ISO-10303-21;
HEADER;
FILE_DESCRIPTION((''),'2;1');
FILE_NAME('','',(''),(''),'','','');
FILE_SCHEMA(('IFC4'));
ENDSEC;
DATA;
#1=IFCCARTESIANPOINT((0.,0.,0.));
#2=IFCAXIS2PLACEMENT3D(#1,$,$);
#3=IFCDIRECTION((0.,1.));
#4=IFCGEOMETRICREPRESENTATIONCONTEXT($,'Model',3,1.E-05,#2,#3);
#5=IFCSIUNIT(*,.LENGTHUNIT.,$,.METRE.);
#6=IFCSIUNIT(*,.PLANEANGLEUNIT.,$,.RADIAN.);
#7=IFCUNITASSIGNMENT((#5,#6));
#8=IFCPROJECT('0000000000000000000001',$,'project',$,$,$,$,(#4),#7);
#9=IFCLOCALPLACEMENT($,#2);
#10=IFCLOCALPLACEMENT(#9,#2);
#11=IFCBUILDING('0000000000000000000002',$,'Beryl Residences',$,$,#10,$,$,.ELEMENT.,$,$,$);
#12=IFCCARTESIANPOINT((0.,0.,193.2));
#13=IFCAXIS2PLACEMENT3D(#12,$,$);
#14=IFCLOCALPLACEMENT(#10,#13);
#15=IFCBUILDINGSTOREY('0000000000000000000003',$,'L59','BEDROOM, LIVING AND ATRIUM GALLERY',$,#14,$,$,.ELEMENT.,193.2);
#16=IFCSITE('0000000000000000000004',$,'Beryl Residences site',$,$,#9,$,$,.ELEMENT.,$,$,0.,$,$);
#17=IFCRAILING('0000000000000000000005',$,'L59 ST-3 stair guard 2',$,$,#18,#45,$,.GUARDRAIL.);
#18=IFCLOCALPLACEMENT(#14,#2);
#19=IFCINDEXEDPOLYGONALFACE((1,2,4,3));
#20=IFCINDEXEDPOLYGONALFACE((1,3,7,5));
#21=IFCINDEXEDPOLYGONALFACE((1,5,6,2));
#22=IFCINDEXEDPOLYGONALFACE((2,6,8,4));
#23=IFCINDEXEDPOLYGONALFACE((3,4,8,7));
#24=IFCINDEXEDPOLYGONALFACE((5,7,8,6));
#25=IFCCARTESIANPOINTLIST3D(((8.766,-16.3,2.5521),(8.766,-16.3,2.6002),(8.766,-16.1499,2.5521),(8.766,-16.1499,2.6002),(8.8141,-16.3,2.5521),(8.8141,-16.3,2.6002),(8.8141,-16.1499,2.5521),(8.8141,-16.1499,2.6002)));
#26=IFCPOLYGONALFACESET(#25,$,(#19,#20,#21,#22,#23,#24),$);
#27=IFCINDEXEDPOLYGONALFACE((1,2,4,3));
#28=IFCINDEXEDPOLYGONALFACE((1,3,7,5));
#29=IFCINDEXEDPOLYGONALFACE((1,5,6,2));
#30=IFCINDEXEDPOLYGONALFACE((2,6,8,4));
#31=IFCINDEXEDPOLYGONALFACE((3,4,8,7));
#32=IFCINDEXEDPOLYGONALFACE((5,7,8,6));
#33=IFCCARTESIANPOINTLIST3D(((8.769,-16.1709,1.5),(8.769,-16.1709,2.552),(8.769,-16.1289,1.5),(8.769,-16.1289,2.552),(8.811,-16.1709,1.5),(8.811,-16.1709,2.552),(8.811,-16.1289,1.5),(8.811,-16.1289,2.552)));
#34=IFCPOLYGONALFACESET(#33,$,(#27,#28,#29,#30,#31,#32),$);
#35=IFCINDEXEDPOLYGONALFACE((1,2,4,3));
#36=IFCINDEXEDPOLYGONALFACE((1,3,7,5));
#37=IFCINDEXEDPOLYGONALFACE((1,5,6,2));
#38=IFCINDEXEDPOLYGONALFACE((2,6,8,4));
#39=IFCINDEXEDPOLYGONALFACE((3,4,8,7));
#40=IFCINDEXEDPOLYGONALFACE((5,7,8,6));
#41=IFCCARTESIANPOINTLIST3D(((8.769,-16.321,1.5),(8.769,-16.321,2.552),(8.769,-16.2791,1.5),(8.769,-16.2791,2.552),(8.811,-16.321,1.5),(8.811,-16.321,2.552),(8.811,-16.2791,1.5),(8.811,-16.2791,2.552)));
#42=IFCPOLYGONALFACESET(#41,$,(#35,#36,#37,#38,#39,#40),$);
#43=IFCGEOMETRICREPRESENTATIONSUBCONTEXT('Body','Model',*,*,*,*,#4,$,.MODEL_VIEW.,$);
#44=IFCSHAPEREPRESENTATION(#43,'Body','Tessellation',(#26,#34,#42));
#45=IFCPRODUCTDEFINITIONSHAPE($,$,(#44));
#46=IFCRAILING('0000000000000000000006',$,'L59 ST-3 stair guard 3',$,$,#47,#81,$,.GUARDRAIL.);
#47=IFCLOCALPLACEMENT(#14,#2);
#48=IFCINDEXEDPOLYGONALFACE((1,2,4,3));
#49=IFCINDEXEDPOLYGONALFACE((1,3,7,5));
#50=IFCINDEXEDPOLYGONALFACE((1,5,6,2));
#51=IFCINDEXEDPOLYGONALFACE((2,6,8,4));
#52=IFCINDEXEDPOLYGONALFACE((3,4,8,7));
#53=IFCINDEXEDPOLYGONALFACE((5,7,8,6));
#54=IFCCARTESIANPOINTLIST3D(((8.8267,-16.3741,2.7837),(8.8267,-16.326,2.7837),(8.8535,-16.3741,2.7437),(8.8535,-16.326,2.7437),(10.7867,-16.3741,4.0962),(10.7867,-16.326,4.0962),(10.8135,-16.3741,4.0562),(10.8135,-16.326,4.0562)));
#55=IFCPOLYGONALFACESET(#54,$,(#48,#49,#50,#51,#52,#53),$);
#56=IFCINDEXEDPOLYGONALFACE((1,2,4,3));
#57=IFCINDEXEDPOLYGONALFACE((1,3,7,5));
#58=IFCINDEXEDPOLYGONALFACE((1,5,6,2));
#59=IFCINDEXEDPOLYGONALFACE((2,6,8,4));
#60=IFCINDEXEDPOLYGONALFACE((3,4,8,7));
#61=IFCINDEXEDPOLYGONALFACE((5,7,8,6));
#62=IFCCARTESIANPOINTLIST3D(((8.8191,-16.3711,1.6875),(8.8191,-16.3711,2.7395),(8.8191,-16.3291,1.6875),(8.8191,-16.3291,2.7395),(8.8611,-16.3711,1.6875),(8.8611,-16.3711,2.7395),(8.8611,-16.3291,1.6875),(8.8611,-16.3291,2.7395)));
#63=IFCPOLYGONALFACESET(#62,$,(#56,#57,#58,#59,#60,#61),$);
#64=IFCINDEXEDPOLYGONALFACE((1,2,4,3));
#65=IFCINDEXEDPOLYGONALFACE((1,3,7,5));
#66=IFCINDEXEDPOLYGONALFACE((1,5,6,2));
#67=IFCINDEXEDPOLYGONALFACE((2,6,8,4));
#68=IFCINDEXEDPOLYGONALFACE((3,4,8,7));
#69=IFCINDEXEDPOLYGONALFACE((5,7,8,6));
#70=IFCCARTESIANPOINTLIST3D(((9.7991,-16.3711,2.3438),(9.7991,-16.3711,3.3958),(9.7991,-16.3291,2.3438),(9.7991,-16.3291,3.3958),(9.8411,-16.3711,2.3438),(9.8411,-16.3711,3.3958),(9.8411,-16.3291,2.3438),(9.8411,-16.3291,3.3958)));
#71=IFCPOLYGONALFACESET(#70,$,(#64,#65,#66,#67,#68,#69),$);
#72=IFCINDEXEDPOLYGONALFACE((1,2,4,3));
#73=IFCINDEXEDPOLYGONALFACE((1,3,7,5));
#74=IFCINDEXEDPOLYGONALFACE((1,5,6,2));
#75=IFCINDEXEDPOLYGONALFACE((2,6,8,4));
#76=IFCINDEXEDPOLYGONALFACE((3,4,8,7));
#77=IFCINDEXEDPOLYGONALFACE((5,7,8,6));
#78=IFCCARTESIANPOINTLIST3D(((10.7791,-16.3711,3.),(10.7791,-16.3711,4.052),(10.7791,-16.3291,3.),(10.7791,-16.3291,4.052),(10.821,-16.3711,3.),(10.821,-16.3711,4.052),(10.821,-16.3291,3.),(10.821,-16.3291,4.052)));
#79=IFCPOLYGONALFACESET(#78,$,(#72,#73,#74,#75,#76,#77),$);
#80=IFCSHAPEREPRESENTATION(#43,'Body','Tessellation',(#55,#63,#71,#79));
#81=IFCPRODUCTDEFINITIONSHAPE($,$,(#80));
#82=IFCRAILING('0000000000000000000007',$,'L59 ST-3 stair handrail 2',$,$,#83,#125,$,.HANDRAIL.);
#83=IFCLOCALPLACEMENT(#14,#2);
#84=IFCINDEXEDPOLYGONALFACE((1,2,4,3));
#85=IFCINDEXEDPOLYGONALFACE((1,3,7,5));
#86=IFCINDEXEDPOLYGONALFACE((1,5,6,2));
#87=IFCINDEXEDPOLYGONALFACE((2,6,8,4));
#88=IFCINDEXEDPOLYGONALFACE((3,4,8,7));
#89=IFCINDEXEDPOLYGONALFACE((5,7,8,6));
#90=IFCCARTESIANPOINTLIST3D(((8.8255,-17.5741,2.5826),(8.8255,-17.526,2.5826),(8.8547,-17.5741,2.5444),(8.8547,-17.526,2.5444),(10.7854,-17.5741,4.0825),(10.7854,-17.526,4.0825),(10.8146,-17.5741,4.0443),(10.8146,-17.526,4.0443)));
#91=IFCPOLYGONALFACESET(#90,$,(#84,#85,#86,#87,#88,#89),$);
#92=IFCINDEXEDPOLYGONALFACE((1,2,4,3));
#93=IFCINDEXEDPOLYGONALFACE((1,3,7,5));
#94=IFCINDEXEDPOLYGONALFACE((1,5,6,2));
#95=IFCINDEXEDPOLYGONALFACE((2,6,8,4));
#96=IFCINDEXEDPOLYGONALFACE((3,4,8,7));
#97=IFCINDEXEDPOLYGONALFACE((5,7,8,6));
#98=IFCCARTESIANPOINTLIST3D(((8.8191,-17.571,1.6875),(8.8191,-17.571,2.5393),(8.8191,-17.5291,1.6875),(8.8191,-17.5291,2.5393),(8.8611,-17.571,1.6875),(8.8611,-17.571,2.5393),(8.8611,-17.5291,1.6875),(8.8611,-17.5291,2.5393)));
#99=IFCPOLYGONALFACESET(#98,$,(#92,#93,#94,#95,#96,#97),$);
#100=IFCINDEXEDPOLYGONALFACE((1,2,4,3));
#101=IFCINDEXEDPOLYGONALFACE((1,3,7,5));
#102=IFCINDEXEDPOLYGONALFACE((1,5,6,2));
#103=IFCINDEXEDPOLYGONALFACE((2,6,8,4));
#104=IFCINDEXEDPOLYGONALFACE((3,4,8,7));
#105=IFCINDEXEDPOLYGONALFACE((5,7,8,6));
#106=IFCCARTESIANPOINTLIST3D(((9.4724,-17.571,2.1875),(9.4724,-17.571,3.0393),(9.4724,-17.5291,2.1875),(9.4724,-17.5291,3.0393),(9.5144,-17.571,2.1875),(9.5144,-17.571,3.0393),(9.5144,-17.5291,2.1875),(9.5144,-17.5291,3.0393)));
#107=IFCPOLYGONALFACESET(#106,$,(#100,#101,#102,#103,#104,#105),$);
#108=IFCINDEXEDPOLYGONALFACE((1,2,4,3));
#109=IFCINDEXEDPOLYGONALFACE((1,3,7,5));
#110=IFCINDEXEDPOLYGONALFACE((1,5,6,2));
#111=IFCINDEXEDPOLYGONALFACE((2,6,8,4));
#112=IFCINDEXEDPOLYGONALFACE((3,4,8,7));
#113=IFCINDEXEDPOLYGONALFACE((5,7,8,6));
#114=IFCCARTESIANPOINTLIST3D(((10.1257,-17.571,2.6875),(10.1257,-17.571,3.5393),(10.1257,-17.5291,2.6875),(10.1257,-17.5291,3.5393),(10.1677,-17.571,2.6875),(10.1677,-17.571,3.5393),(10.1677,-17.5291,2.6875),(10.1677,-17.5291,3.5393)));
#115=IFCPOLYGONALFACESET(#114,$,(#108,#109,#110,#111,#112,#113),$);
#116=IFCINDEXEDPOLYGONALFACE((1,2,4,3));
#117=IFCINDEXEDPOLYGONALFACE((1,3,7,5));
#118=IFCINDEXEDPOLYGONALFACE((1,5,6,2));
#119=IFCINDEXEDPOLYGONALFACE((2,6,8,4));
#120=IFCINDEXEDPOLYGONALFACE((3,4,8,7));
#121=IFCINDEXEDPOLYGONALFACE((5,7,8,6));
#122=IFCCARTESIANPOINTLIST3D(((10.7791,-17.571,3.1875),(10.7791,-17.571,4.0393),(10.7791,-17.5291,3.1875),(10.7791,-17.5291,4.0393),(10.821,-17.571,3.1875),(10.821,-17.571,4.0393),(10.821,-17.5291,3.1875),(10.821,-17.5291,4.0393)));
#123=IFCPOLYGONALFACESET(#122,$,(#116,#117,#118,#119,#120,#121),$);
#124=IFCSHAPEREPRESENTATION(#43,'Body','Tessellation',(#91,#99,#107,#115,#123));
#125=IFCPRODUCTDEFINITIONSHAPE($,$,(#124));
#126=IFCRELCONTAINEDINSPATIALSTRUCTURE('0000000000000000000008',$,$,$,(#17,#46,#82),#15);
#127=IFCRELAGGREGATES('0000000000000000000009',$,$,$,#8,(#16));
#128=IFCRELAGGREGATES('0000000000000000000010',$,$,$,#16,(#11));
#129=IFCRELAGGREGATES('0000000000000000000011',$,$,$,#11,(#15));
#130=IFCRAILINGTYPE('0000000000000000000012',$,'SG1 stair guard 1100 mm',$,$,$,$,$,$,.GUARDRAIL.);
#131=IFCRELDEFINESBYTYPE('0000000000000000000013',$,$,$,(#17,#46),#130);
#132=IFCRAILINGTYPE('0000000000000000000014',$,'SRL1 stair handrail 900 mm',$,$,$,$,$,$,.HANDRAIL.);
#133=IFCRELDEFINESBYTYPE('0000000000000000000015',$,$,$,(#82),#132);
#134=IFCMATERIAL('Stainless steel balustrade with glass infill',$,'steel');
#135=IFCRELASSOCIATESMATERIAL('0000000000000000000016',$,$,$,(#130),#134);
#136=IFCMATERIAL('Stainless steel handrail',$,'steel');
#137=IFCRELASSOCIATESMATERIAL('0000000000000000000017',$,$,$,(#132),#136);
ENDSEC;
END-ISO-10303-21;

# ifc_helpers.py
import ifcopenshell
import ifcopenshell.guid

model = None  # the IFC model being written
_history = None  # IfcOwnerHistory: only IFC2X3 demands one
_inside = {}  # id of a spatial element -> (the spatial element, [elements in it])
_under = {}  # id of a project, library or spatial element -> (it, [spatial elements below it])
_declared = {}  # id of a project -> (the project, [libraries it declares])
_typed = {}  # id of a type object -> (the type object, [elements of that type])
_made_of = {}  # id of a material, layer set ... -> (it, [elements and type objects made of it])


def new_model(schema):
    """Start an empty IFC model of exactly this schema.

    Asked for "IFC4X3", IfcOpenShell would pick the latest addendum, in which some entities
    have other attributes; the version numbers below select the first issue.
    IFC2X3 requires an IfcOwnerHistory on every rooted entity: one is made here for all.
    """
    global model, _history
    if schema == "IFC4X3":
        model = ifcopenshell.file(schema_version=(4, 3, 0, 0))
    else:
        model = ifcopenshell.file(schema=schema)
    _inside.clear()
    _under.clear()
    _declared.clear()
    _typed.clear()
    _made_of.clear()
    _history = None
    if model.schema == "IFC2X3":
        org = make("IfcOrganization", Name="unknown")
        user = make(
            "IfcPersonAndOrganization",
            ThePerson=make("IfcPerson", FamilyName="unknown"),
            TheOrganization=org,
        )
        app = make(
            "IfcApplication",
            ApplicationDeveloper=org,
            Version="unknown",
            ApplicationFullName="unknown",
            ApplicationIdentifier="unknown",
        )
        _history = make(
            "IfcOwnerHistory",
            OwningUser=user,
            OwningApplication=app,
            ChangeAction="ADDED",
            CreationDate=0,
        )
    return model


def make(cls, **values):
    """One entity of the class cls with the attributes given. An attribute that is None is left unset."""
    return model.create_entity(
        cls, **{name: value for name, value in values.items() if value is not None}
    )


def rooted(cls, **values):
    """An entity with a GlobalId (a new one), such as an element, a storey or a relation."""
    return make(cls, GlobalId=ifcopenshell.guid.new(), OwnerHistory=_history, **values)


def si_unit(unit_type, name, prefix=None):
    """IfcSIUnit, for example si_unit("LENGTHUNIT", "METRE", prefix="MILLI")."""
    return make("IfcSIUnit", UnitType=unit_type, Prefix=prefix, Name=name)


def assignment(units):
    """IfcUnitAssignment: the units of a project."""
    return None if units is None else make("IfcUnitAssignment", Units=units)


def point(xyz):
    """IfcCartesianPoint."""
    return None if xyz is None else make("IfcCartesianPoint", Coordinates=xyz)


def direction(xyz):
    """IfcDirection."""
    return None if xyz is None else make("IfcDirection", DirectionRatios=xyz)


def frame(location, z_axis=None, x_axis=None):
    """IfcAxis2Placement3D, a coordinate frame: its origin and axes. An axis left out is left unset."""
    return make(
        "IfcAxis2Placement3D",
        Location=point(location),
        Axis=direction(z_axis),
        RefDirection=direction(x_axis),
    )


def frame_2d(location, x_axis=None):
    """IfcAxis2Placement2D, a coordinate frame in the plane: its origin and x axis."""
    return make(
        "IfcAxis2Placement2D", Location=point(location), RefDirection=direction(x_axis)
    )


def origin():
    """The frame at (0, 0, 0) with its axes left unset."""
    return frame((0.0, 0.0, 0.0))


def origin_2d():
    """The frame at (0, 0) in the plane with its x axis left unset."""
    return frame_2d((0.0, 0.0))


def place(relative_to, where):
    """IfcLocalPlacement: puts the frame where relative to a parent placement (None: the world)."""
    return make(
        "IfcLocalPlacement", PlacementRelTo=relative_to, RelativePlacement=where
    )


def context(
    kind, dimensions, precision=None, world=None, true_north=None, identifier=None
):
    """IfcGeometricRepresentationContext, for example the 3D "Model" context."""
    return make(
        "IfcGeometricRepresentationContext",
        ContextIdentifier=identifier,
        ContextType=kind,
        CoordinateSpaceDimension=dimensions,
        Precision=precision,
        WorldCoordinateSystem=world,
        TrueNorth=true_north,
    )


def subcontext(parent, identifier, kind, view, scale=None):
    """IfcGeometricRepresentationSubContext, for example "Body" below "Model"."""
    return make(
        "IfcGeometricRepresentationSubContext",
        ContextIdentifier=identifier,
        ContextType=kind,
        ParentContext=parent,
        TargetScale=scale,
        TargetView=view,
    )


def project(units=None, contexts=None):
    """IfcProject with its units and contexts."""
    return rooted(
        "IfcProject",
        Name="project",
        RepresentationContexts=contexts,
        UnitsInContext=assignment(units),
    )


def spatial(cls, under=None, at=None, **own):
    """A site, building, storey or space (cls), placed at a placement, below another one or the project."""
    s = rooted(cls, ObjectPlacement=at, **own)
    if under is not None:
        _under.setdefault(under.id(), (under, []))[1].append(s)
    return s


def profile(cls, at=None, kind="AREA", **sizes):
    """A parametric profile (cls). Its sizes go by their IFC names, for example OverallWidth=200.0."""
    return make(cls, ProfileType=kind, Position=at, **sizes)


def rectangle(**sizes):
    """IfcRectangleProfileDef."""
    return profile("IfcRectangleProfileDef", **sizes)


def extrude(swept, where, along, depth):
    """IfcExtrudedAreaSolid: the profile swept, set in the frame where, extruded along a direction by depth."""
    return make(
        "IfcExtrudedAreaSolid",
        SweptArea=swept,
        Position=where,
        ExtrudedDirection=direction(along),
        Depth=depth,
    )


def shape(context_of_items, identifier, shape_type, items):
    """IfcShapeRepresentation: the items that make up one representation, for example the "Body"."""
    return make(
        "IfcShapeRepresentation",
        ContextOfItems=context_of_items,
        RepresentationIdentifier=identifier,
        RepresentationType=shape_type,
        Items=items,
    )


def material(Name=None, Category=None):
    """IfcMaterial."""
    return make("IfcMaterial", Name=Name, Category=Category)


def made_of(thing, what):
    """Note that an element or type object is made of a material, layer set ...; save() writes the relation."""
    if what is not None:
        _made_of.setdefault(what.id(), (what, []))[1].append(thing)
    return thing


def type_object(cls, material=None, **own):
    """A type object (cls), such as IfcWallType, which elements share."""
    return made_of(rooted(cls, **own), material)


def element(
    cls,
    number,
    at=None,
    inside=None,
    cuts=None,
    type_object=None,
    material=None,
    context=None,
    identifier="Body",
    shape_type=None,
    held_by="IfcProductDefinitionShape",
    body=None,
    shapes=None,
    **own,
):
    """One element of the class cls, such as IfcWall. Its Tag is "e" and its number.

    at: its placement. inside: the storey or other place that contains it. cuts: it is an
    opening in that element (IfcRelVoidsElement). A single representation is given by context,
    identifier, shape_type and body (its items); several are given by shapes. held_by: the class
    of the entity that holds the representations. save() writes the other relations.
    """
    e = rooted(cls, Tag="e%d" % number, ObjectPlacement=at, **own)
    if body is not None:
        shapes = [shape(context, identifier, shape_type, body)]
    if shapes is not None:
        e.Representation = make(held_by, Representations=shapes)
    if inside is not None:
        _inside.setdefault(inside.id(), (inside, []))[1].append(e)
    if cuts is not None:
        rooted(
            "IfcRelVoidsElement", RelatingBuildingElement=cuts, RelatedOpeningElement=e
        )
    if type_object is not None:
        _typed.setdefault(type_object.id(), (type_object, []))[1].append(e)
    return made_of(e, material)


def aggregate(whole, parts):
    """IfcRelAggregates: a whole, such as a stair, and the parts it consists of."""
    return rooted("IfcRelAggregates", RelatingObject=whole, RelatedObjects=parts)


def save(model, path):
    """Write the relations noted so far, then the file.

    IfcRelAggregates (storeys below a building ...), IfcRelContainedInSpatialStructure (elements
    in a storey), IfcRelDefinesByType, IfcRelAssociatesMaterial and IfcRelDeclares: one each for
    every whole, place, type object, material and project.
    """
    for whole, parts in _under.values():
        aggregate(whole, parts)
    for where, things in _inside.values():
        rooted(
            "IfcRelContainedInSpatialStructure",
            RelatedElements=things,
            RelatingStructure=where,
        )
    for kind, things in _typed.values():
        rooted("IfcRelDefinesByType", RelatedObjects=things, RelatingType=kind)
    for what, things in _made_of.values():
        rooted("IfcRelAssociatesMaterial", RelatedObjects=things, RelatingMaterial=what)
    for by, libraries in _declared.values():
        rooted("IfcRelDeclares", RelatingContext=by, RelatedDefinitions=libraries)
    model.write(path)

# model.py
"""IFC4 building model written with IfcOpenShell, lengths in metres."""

from ifc_helpers import new_model, si_unit, direction, frame, origin, origin_2d, place, context, subcontext, project, spatial, rectangle, extrude, material, type_object, element, save


model = new_model("IFC4")

# Units and contexts
model_context = context("Model", 3, precision=1e-05, world=origin(), true_north=direction((0.0, 1.0)))
body_context = subcontext(model_context, "Body", "Model", "MODEL_VIEW")
ifc_project = project(units=[si_unit("LENGTHUNIT", "METRE"), si_unit("PLANEANGLEUNIT", "RADIAN")], contexts=[model_context])

# Site, building, storey
site_placement = place(None, origin())
site = spatial("IfcSite", under=ifc_project, at=site_placement, Name="Beryl Residences site", CompositionType="ELEMENT", RefElevation=0.0)
building_placement = place(site_placement, origin())
building = spatial("IfcBuilding", under=site, at=building_placement, Name="Beryl Residences", CompositionType="ELEMENT")
storey_placement = place(building_placement, frame((0.0, 0.0, 193.2)))
storey = spatial("IfcBuildingStorey", under=building, at=storey_placement, Name="L59", Description="BEDROOM, LIVING AND ATRIUM GALLERY", CompositionType="ELEMENT", Elevation=193.2)

# Railings
ifc_material_1 = material(Name="Stainless steel balustrade with glass infill", Category="steel")
railing_type_1 = type_object("IfcRailingType", Name="SG1 stair guard 1100 mm", PredefinedType="GUARDRAIL", material=ifc_material_1)
railing_1_placement = place(storey_placement, frame((8.79, -16.1499, 1.5)))
element("IfcRailing", 1, at=railing_1_placement, inside=storey, type_object=railing_type_1, Name="L59 ST-3 stair guard 2", PredefinedType="GUARDRAIL", context=body_context, shape_type="SweptSolid", body=[
    extrude(rectangle(XDim=0.0481, YDim=0.0481, at=origin_2d()), frame((0.0, 0.0, 1.0762), z_axis=(0.0, -1.0, 0.0), x_axis=(1.0, 0.0, 0.0)), (0.0, 0.0, 1.0), 0.1501),
    extrude(rectangle(XDim=0.042, YDim=0.042, at=origin_2d()), origin(), (0.0, 0.0, 1.0), 1.052),
    extrude(rectangle(XDim=0.042, YDim=0.042, at=origin_2d()), frame((0.0, -0.1501, 0.0)), (0.0, 0.0, 1.0), 1.052),
])
railing_2_placement = place(storey_placement, frame((8.8401, -16.3501, 1.6875)))
element("IfcRailing", 2, at=railing_2_placement, inside=storey, type_object=railing_type_1, Name="L59 ST-3 stair guard 3", PredefinedType="GUARDRAIL", context=body_context, shape_type="SweptSolid", body=[
    extrude(rectangle(XDim=0.0481, YDim=0.0481, at=origin_2d()), frame((0.0, 0.0, 1.0762), z_axis=(0.830902, 0.0, 0.556419), x_axis=(0.0, 1.0, 0.0)), (0.0, 0.0, 1.0), 2.3589),
    extrude(rectangle(XDim=0.042, YDim=0.042, at=origin_2d()), origin(), (0.0, 0.0, 1.0), 1.052),
    extrude(rectangle(XDim=0.042, YDim=0.042, at=origin_2d()), frame((0.98, 0.0, 0.6562)), (0.0, 0.0, 1.0), 1.052),
    extrude(rectangle(XDim=0.042, YDim=0.042, at=origin_2d()), frame((1.96, 0.0, 1.3125)), (0.0, 0.0, 1.0), 1.052),
])
ifc_material_2 = material(Name="Stainless steel handrail", Category="steel")
railing_type_2 = type_object("IfcRailingType", Name="SRL1 stair handrail 900 mm", PredefinedType="HANDRAIL", material=ifc_material_2)
railing_3_placement = place(storey_placement, frame((8.8401, -17.55, 1.6875)))
element("IfcRailing", 3, at=railing_3_placement, inside=storey, type_object=railing_type_2, Name="L59 ST-3 stair handrail 2", PredefinedType="HANDRAIL", context=body_context, shape_type="SweptSolid", body=[
    extrude(rectangle(XDim=0.0481, YDim=0.0481, at=origin_2d()), frame((0.0, 0.0, 0.876), z_axis=(0.794122, 0.0, 0.607758), x_axis=(0.0, 1.0, 0.0)), (0.0, 0.0, 1.0), 2.468),
    extrude(rectangle(XDim=0.042, YDim=0.042, at=origin_2d()), origin(), (0.0, 0.0, 1.0), 0.8518),
    extrude(rectangle(XDim=0.042, YDim=0.042, at=origin_2d()), frame((0.6533, 0.0, 0.5)), (0.0, 0.0, 1.0), 0.8518),
    extrude(rectangle(XDim=0.042, YDim=0.042, at=origin_2d()), frame((1.3066, 0.0, 1.0)), (0.0, 0.0, 1.0), 0.8518),
    extrude(rectangle(XDim=0.042, YDim=0.042, at=origin_2d()), frame((1.96, 0.0, 1.5)), (0.0, 0.0, 1.0), 0.8518),
])

save(model, "model.ifc")
